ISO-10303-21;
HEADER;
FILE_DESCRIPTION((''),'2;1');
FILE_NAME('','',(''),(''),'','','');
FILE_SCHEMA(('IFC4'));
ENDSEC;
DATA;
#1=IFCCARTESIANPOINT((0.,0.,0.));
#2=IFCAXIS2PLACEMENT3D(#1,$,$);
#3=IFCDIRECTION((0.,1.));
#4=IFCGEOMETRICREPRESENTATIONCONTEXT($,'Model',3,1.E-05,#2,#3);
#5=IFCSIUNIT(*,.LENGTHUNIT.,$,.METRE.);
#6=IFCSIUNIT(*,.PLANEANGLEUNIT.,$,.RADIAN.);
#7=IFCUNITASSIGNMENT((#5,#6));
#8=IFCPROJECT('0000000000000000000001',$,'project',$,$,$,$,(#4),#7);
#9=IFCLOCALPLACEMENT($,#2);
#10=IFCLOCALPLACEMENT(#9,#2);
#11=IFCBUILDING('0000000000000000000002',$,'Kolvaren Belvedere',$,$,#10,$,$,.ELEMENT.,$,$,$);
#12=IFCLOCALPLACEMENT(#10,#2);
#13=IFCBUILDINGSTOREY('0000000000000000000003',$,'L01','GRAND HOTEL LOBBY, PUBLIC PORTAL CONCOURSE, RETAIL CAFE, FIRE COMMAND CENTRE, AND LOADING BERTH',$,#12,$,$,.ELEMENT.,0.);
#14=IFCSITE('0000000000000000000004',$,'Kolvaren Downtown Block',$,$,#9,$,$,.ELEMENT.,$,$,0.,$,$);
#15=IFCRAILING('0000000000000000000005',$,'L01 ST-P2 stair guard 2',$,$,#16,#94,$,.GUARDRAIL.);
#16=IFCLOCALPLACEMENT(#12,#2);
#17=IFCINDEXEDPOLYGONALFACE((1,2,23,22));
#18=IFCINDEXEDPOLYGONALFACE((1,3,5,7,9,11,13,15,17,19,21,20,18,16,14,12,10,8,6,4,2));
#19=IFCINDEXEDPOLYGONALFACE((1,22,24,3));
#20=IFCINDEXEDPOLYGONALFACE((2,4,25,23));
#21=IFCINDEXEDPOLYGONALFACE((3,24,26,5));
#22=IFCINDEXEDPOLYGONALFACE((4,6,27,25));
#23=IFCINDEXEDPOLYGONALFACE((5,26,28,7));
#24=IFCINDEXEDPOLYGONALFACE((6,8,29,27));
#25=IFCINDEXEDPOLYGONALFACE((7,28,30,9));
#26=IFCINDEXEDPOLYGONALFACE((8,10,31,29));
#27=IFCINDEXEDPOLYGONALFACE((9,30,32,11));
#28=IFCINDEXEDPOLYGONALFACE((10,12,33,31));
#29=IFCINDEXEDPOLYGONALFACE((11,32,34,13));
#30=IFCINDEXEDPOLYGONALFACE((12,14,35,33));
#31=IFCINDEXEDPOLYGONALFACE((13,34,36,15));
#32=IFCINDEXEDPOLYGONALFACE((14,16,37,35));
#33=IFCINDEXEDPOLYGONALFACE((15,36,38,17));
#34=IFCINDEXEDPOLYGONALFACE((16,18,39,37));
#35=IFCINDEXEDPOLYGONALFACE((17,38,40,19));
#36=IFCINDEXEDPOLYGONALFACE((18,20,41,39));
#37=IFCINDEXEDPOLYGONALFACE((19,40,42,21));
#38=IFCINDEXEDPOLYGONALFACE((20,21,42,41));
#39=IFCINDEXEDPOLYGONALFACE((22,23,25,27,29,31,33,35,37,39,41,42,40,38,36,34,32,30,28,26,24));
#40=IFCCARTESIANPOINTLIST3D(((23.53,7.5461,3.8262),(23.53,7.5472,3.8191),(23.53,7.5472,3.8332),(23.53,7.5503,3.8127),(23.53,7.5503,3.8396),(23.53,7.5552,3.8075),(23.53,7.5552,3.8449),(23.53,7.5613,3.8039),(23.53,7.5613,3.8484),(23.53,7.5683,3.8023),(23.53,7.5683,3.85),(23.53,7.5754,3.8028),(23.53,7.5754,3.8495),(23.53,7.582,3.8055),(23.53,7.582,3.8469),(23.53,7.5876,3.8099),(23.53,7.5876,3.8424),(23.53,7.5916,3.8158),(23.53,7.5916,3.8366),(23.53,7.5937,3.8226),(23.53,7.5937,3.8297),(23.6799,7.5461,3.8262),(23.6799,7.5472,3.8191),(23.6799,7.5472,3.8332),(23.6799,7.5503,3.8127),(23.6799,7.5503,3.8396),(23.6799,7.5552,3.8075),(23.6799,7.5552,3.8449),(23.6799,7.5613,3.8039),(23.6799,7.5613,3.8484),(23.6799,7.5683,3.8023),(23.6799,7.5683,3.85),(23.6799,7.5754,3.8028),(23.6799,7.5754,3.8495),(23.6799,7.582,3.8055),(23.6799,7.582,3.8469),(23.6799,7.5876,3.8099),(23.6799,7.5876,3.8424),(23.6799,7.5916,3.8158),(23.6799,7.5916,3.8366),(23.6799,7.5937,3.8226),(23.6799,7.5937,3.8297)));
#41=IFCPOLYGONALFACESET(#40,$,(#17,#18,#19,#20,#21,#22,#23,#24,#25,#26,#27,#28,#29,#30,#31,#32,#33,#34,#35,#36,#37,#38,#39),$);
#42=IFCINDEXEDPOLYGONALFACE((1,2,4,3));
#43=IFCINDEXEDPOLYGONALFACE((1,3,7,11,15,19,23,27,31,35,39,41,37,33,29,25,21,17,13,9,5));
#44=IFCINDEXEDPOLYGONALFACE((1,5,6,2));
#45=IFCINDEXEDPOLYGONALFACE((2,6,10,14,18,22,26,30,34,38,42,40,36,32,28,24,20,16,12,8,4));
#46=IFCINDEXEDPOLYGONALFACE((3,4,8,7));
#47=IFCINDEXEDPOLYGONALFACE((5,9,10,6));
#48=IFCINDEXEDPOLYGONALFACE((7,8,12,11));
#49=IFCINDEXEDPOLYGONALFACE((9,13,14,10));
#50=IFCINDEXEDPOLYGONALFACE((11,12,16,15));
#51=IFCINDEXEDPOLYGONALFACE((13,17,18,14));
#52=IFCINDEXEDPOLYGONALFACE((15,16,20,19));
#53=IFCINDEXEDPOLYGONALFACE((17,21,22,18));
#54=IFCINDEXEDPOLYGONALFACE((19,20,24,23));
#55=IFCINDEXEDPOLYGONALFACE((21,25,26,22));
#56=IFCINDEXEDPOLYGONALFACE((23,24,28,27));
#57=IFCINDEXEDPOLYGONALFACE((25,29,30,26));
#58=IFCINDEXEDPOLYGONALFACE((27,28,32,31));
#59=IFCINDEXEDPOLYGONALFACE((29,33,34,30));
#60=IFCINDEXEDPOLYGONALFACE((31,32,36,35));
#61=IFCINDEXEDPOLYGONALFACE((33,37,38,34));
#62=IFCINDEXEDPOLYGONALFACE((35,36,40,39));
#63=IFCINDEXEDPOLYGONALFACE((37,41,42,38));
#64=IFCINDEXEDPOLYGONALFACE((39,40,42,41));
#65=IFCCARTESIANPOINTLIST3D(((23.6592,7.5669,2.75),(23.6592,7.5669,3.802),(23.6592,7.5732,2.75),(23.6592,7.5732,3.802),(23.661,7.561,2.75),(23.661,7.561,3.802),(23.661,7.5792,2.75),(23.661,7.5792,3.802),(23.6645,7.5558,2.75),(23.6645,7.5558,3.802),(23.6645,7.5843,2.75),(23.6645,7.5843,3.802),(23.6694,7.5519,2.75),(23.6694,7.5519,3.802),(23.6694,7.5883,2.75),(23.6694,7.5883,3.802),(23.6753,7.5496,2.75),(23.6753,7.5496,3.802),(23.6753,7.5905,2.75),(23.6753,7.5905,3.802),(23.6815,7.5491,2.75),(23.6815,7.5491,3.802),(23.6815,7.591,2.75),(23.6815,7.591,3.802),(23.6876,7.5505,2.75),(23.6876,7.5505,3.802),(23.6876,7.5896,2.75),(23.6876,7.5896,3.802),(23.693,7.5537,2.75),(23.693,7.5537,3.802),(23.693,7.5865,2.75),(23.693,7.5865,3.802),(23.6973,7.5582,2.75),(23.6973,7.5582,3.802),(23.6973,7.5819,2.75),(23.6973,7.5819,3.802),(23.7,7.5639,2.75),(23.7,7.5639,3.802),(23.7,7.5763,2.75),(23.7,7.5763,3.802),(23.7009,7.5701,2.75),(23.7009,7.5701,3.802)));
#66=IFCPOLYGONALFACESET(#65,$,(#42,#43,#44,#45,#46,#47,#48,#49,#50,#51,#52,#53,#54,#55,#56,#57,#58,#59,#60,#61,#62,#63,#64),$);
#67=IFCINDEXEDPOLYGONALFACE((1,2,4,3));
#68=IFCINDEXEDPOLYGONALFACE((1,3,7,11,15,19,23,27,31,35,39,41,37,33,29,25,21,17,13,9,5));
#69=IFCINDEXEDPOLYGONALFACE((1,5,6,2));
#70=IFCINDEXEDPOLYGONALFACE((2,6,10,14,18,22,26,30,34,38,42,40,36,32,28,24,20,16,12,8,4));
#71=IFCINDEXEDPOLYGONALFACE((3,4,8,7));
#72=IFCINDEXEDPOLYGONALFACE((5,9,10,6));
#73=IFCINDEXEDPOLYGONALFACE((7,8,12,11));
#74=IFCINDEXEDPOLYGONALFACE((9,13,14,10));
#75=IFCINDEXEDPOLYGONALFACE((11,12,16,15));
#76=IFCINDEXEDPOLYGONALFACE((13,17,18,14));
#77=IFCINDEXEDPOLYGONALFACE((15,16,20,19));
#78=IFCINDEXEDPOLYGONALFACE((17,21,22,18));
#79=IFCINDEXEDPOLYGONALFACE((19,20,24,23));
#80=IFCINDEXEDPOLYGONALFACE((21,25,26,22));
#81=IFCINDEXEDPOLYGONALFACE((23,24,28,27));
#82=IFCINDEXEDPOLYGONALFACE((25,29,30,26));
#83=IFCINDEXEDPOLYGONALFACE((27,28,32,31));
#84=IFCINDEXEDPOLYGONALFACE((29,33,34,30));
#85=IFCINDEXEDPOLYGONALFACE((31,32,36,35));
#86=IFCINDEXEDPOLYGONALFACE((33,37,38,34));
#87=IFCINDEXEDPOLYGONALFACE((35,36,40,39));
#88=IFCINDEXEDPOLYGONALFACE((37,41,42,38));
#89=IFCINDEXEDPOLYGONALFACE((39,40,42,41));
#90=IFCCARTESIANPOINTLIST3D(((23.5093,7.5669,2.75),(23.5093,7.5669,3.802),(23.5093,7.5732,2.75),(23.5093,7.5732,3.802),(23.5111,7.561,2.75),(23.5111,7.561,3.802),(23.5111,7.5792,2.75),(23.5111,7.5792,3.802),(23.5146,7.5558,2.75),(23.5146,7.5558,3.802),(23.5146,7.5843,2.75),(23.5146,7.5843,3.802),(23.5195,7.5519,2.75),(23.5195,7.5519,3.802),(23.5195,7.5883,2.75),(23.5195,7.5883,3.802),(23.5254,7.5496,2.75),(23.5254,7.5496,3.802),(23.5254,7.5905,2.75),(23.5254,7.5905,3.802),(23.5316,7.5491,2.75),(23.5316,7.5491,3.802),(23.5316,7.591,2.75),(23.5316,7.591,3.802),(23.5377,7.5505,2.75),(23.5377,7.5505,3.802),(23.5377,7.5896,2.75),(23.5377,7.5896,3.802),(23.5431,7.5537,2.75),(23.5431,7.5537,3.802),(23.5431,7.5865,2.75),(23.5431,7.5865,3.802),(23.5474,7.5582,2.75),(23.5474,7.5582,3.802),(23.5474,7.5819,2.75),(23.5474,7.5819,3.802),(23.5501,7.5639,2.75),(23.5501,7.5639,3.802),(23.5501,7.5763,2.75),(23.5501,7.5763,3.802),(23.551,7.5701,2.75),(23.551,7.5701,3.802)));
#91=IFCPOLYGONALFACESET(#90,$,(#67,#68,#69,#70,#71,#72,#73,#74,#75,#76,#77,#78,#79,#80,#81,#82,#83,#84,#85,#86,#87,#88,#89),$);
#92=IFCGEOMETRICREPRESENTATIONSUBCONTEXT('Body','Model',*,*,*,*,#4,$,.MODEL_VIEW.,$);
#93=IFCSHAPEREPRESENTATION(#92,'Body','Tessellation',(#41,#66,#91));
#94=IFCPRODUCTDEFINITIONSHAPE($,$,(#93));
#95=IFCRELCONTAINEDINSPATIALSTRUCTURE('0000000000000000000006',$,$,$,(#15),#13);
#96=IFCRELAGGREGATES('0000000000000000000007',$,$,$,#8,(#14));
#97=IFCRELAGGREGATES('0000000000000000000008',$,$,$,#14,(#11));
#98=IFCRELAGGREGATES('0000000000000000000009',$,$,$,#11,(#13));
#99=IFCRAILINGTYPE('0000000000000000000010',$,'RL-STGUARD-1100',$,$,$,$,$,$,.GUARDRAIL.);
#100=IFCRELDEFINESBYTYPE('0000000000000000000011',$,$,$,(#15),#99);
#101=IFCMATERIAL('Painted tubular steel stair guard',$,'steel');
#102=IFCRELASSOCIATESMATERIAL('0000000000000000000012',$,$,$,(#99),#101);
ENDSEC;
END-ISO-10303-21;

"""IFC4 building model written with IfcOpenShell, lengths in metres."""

from ifc_helpers import new_model, si_unit, direction, frame, origin, origin_2d, place, context, subcontext, project, spatial, circle, extrude, material, type_object, element, save


model = new_model("IFC4")

# Units and contexts
model_context = context("Model", 3, precision=1e-05, world=origin(), true_north=direction((0.0, 1.0)))
body_context = subcontext(model_context, "Body", "Model", "MODEL_VIEW")
ifc_project = project(units=[si_unit("LENGTHUNIT", "METRE"), si_unit("PLANEANGLEUNIT", "RADIAN")], contexts=[model_context])

# Site, building, storey
site_placement = place(None, origin())
site = spatial("IfcSite", under=ifc_project, at=site_placement, Name="Kolvaren Downtown Block", CompositionType="ELEMENT", RefElevation=0.0)
building_placement = place(site_placement, origin())
building = spatial("IfcBuilding", under=site, at=building_placement, Name="Kolvaren Belvedere", CompositionType="ELEMENT")
storey_placement = place(building_placement, origin())
storey = spatial("IfcBuildingStorey", under=building, at=storey_placement, Name="L01", Description="GRAND HOTEL LOBBY, PUBLIC PORTAL CONCOURSE, RETAIL CAFE, FIRE COMMAND CENTRE, AND LOADING BERTH", CompositionType="ELEMENT", Elevation=0.0)

# Railing
ifc_material_1 = material(Name="Painted tubular steel stair guard", Category="steel")
railing_type = type_object("IfcRailingType", Name="RL-STGUARD-1100", PredefinedType="GUARDRAIL", material=ifc_material_1)
railing_1_placement = place(storey_placement, frame((23.6799, 7.5701, 2.75)))
element("IfcRailing", 1, at=railing_1_placement, inside=storey, type_object=railing_type, Name="L01 ST-P2 stair guard 2", PredefinedType="GUARDRAIL", context=body_context, shape_type="SweptSolid", body=[
    extrude(circle(Radius=0.0239, at=origin_2d()), frame((0.0, 0.0, 1.0762), z_axis=(-1.0, 0.0, 0.0), x_axis=(0.0, -1.0, 0.0)), (0.0, 0.0, 1.0), 0.1499),
    extrude(circle(Radius=0.021, at=origin_2d()), origin(), (0.0, 0.0, 1.0), 1.052),
    extrude(circle(Radius=0.021, at=origin_2d()), frame((-0.1499, 0.0, 0.0)), (0.0, 0.0, 1.0), 1.052),
])

save(model, "model.ifc")
